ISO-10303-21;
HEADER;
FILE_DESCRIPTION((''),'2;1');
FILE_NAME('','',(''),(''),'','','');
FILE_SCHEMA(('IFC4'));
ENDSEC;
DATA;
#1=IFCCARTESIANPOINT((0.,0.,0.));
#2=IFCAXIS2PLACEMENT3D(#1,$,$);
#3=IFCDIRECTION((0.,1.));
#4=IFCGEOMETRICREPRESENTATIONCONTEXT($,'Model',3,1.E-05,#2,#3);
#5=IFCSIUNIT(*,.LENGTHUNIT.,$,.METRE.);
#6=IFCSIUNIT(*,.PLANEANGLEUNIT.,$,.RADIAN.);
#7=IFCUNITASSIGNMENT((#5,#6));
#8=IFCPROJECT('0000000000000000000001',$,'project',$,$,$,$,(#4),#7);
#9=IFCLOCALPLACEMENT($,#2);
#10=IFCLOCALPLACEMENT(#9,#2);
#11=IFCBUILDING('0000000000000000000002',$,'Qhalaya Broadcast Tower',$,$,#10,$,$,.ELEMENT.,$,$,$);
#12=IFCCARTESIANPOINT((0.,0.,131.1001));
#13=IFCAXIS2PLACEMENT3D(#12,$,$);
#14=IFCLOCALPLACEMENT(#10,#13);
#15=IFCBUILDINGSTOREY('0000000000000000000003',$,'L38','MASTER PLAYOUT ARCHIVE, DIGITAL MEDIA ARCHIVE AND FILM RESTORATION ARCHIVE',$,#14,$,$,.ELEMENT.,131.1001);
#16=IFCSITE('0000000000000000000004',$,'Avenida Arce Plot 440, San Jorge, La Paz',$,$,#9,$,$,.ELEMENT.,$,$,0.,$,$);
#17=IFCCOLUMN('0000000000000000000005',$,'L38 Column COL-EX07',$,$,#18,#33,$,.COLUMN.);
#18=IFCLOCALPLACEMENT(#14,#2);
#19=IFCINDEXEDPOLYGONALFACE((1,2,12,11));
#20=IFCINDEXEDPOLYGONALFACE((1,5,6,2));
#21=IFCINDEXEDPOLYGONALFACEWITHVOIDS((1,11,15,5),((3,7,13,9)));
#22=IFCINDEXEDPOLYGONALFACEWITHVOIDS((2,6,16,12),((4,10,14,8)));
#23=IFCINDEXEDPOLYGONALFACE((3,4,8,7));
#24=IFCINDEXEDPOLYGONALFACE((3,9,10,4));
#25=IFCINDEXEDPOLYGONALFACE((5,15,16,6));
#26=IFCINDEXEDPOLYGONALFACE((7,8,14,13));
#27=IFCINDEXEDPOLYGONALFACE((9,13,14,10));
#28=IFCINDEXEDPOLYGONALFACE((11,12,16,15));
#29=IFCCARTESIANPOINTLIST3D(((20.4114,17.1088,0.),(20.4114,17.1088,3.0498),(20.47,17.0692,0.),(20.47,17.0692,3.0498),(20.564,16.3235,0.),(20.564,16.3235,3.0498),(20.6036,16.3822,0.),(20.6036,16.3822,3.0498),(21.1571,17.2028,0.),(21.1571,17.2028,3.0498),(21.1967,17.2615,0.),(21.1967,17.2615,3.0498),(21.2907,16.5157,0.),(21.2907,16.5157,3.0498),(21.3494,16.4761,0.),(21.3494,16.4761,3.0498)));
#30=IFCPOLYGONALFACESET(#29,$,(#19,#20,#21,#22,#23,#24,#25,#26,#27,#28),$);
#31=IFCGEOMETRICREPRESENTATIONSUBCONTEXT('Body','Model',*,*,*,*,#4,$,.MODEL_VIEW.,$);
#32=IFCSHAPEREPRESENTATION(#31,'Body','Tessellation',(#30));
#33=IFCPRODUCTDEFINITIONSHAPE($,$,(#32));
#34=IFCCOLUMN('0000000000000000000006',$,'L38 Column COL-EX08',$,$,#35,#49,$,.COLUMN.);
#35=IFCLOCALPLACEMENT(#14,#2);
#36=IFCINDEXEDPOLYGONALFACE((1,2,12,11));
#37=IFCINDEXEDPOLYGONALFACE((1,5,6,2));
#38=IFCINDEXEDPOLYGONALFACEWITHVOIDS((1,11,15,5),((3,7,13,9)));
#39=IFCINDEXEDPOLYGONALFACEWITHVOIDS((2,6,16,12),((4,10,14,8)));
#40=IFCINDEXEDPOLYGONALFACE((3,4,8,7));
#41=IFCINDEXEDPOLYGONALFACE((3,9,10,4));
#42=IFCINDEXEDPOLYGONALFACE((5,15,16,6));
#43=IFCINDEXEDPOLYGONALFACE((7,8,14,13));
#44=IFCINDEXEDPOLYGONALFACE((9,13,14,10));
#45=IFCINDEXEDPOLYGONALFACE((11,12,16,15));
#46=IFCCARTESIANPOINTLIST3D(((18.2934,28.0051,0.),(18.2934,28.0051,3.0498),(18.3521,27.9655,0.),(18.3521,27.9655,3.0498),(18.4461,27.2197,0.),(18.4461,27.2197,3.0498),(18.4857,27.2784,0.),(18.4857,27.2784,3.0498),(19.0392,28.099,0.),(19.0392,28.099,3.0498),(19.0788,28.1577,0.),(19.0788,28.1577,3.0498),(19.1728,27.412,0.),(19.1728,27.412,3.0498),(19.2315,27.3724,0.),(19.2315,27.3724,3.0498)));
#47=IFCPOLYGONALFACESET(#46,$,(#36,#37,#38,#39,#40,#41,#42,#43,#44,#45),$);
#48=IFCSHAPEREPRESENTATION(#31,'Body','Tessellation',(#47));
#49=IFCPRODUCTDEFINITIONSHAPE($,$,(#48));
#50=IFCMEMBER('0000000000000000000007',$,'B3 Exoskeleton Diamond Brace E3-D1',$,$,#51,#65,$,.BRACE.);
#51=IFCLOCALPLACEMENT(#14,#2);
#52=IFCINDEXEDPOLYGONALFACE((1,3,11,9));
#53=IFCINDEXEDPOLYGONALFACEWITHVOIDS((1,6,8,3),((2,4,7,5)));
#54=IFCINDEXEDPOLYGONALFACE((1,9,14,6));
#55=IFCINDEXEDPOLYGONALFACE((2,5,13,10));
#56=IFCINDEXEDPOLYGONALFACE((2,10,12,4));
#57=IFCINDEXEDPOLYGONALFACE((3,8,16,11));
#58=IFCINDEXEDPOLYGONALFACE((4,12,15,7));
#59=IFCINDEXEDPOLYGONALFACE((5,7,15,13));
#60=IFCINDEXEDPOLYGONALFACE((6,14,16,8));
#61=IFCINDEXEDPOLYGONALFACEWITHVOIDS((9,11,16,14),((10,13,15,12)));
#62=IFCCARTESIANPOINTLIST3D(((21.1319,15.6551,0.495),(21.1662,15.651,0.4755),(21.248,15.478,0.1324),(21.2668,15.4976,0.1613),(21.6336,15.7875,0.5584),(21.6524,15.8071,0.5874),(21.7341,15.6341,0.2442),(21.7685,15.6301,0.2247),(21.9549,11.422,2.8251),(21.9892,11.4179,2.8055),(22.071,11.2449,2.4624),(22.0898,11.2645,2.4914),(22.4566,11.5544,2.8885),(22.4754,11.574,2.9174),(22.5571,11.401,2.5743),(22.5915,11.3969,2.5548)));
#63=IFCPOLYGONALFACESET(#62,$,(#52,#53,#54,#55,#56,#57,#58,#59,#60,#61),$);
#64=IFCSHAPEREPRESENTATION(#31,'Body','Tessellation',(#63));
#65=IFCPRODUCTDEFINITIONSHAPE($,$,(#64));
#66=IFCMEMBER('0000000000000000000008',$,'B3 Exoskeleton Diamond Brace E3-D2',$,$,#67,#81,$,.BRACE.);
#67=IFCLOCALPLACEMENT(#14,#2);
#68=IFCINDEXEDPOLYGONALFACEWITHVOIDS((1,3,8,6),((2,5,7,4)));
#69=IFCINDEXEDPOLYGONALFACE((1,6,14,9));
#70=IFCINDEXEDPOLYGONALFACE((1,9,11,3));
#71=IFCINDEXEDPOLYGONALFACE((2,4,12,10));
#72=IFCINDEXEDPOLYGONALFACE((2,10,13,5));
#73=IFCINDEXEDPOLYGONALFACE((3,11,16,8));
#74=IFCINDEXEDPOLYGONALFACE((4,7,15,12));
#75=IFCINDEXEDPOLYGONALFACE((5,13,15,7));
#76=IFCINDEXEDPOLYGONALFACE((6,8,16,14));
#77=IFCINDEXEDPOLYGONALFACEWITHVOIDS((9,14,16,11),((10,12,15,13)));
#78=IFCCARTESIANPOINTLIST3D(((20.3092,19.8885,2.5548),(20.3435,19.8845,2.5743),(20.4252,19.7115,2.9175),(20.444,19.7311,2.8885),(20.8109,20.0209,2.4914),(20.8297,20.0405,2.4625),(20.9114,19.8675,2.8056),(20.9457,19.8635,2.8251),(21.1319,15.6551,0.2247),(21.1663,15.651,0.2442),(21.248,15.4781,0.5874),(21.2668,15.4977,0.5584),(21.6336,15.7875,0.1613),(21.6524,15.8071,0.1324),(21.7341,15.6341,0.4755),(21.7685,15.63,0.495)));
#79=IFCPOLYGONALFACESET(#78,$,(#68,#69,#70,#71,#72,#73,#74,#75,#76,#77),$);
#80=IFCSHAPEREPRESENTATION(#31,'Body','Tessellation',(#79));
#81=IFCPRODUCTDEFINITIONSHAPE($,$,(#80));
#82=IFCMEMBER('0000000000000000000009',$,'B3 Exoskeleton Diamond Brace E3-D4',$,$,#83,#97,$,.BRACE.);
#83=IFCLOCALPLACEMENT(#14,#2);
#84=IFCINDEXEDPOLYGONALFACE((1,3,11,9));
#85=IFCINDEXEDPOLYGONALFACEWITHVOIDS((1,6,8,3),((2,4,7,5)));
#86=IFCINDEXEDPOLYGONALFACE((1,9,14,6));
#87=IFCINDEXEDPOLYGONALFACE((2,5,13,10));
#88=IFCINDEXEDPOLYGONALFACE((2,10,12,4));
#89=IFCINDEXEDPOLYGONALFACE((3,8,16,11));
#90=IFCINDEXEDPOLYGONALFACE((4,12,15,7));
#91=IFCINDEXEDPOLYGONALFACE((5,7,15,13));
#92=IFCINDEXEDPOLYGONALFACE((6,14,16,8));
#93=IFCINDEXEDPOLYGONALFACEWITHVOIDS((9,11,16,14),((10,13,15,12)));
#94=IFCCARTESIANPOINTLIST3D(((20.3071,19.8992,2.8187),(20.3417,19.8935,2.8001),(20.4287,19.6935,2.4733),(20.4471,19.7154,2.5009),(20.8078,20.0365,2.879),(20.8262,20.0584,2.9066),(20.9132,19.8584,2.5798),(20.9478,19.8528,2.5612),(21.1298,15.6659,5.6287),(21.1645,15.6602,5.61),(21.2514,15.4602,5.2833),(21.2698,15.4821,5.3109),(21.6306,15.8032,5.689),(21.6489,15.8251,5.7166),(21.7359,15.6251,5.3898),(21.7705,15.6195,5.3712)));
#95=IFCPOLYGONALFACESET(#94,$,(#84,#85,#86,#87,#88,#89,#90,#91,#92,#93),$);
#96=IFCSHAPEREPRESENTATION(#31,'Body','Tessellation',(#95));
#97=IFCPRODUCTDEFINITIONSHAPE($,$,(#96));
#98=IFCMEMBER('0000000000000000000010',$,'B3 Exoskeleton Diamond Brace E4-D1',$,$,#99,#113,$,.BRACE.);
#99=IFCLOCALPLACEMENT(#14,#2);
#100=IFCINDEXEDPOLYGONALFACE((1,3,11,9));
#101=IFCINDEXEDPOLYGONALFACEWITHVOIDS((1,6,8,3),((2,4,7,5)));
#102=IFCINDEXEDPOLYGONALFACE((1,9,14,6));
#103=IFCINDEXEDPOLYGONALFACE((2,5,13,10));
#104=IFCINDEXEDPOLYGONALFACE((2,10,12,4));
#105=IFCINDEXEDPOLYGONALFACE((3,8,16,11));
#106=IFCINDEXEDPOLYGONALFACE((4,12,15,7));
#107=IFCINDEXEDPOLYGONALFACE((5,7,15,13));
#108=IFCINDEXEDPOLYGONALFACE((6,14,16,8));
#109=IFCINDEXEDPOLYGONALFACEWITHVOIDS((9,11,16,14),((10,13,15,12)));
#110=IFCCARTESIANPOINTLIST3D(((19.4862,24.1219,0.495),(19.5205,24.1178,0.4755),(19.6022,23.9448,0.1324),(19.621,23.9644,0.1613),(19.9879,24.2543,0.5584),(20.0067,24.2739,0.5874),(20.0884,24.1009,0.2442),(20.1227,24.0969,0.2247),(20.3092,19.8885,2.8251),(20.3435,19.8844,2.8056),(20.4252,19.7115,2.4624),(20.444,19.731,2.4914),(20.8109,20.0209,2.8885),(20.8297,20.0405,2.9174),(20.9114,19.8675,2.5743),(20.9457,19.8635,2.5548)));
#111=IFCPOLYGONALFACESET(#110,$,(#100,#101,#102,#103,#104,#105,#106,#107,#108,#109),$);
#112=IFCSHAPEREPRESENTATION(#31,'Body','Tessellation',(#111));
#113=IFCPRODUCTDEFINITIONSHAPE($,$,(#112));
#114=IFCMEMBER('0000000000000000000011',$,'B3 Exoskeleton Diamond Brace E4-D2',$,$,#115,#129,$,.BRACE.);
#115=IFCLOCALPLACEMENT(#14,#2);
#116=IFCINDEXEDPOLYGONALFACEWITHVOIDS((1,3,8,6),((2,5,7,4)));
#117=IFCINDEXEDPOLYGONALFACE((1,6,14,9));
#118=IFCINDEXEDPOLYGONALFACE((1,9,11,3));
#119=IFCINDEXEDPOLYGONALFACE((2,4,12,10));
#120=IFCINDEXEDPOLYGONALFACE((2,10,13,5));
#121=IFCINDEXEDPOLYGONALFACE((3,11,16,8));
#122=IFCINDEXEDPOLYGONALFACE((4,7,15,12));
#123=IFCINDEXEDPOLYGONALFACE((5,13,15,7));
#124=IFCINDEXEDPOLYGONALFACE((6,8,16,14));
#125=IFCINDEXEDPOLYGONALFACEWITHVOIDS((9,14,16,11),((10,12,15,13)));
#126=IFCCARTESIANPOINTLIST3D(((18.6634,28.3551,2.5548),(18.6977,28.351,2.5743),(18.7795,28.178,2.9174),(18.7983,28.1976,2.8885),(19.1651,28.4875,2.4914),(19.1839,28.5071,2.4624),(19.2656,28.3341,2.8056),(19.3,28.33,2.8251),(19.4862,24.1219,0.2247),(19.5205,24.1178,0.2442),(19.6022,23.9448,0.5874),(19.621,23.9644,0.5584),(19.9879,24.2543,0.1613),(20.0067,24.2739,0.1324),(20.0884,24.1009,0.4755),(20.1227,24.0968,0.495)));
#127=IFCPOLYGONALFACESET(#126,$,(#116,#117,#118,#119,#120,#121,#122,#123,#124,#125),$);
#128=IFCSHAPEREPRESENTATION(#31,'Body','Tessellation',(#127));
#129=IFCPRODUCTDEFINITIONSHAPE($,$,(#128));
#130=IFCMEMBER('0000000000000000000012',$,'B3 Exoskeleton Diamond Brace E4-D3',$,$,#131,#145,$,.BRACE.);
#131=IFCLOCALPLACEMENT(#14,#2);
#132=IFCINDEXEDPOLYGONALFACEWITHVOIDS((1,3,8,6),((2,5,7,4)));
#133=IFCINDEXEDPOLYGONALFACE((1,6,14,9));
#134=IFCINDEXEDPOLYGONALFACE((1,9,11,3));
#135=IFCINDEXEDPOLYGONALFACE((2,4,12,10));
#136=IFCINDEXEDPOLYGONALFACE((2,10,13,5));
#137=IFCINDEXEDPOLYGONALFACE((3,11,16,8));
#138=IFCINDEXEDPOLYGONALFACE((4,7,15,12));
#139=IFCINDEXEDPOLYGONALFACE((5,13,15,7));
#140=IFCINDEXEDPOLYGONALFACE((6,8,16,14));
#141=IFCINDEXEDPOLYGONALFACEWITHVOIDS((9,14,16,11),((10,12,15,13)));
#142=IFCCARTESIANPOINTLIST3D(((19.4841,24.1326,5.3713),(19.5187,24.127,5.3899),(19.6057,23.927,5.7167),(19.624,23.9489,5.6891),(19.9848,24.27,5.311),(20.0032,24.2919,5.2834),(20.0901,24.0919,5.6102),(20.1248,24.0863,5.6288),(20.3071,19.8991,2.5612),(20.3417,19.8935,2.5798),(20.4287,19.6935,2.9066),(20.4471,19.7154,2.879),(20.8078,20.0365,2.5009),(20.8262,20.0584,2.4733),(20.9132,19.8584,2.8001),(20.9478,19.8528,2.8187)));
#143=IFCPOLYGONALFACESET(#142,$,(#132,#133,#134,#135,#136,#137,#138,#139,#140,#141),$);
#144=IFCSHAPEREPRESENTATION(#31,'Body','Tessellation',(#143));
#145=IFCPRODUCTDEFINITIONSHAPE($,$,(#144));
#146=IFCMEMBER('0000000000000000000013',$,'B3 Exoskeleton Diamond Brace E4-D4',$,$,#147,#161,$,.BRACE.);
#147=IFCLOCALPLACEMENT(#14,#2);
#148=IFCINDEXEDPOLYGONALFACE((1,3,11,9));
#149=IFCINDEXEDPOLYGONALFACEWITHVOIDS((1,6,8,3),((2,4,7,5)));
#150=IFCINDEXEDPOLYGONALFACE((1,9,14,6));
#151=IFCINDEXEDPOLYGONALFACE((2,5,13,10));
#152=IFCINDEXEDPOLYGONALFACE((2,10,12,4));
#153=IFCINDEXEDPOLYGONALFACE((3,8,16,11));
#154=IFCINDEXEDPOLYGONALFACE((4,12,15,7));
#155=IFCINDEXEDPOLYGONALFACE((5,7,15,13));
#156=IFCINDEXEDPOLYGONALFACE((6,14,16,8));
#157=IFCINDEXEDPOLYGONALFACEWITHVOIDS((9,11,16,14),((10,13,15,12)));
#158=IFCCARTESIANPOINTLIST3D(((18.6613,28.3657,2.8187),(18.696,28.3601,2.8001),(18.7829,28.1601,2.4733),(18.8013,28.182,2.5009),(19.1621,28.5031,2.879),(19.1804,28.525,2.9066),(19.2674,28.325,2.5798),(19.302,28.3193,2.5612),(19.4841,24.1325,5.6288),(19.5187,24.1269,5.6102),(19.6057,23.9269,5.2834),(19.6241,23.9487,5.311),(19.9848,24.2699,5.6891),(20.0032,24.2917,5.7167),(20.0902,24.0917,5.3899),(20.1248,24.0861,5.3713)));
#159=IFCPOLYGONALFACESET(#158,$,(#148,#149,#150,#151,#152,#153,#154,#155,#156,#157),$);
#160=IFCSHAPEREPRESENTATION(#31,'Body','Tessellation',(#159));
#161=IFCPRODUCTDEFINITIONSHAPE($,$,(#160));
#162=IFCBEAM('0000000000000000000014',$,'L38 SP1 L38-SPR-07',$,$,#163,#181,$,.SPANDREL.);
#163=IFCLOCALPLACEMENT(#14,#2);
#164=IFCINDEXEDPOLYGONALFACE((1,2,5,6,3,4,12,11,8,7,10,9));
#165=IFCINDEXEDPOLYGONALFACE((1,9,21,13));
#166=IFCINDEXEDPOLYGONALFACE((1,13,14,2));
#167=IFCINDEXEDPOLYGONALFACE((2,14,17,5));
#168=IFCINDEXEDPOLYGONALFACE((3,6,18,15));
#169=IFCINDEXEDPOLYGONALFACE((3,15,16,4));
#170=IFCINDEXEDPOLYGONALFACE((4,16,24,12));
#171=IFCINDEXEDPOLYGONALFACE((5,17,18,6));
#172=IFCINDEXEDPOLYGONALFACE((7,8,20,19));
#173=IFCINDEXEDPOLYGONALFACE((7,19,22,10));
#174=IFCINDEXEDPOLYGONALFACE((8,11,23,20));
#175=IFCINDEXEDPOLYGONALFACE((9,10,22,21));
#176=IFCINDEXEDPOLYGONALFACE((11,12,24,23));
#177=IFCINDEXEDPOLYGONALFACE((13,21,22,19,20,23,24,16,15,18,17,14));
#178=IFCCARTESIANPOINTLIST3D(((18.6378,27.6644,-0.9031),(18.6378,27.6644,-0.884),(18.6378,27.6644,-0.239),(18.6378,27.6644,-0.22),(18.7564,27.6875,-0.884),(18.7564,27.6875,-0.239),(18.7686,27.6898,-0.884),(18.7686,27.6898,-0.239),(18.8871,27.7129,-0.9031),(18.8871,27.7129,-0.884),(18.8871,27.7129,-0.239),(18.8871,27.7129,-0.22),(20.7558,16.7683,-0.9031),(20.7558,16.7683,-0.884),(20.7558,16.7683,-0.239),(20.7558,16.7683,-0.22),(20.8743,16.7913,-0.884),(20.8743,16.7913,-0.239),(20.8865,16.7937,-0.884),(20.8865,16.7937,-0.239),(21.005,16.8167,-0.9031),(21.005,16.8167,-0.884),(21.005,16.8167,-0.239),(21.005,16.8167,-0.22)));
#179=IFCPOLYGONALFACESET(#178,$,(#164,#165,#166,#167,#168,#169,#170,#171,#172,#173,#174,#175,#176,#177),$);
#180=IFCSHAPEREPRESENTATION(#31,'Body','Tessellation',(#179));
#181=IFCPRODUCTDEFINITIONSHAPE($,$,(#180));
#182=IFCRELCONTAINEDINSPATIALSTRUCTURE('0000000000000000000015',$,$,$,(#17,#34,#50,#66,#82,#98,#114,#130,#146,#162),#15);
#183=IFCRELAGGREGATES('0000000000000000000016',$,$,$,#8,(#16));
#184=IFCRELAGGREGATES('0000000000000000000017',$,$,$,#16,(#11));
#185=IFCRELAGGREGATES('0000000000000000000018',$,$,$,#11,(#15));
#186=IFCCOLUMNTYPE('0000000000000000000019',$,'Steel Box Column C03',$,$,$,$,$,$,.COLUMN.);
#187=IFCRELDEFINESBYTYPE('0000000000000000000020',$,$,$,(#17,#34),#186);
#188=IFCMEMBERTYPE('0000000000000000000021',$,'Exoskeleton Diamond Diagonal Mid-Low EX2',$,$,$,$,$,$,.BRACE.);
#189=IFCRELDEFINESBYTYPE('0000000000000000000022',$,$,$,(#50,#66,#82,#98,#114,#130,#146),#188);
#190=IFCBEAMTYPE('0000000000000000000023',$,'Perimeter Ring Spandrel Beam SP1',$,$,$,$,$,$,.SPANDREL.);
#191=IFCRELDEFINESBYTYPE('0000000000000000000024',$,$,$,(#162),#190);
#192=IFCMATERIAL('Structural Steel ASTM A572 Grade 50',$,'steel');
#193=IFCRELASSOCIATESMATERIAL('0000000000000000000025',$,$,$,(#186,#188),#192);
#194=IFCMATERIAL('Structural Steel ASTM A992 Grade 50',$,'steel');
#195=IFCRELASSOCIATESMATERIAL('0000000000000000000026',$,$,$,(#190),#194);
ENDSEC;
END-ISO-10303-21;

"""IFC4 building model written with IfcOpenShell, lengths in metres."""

from ifc_helpers import new_model, si_unit, direction, frame, origin, origin_2d, place, context, subcontext, project, spatial, hollow_rectangle, i_section, extrude, material, material_profile, profile_set, type_object, element, save


model = new_model("IFC4")

# Units and contexts
model_context = context("Model", 3, precision=1e-05, world=origin(), true_north=direction((0.0, 1.0)))
body_context = subcontext(model_context, "Body", "Model", "MODEL_VIEW")
ifc_project = project(units=[si_unit("LENGTHUNIT", "METRE"), si_unit("PLANEANGLEUNIT", "RADIAN")], contexts=[model_context])

# Site, building, storey
site_placement = place(None, origin())
site = spatial("IfcSite", under=ifc_project, at=site_placement, Name="Avenida Arce Plot 440, San Jorge, La Paz", CompositionType="ELEMENT", RefElevation=0.0)
building_placement = place(site_placement, origin())
building = spatial("IfcBuilding", under=site, at=building_placement, Name="Qhalaya Broadcast Tower", CompositionType="ELEMENT")
storey_placement = place(building_placement, frame((0.0, 0.0, 131.1001)))
storey = spatial("IfcBuildingStorey", under=building, at=storey_placement, Name="L38", Description="MASTER PLAYOUT ARCHIVE, DIGITAL MEDIA ARCHIVE AND FILM RESTORATION ARCHIVE", CompositionType="ELEMENT", Elevation=131.1001)

# Columns
ifc_material_1 = material(Name="Structural Steel ASTM A572 Grade 50", Category="steel")
ifc_material_profile_1 = material_profile(ifc_material_1, hollow_rectangle(XDim=0.8, YDim=0.8, WallThickness=0.05, at=origin_2d()), Name="BOX 800x800x50")
ifc_profile_set_1 = profile_set([ifc_material_profile_1], Name="Structural Steel ASTM A572 Grade 50")
column_type = type_object("IfcColumnType", Name="Steel Box Column C03", PredefinedType="COLUMN", material=ifc_profile_set_1)
for number, where, z_axis, x_axis, name in (
    (1, (20.8804, 16.7925, 0.0), (0.0, 0.0, 1.0), (-0.190809, 0.981627, 0.0), "L38 Column COL-EX07"),
    (2, (18.7625, 27.6887, 0.0), (0.0, 0.0, 1.0), (-0.190809, 0.981627, 0.0), "L38 Column COL-EX08"),
):
    element("IfcColumn", number, at=place(storey_placement, frame(where, z_axis=z_axis, x_axis=x_axis)), inside=storey, type_object=column_type, Name=name, PredefinedType="COLUMN", context=body_context, shape_type="SweptSolid", body=[
        extrude(hollow_rectangle(XDim=0.8, YDim=0.8, WallThickness=0.05, at=origin_2d()), origin(), (0.0, 0.0, 1.0), 3.0498),
    ])

# Members
ifc_material_profile_2 = material_profile(ifc_material_1, hollow_rectangle(XDim=0.4199, YDim=0.55, WallThickness=0.0281, at=origin_2d()), Name="BOX 420x550x28")
ifc_profile_set_2 = profile_set([ifc_material_profile_2], Name="Structural Steel ASTM A572 Grade 50")
member_type = type_object("IfcMemberType", Name="Exoskeleton Diamond Diagonal Mid-Low EX2", PredefinedType="BRACE", material=ifc_profile_set_2)
member_1_placement = place(storey_placement, frame((21.4502, 15.6426, 0.3599), z_axis=(0.167902, -0.863618, 0.475366), x_axis=(-0.276356, 0.421641, 0.863624)))
element("IfcMember", 3, at=member_1_placement, inside=storey, type_object=member_type, Name="B3 Exoskeleton Diamond Brace E3-D1", PredefinedType="BRACE", context=body_context, shape_type="SweptSolid", body=[
    extrude(hollow_rectangle(XDim=0.4199, YDim=0.55, WallThickness=0.0281, at=origin_2d()), origin(), (0.0, 0.0, 1.0), 4.9016),
])
member_2_placement = place(storey_placement, frame((21.4502, 15.6426, 0.3599), z_axis=(-0.167847, 0.863638, 0.475349), x_axis=(0.276325, -0.421643, 0.863633)))
element("IfcMember", 4, at=member_2_placement, inside=storey, type_object=member_type, Name="B3 Exoskeleton Diamond Brace E3-D2", PredefinedType="BRACE", context=body_context, shape_type="SweptSolid", body=[
    extrude(hollow_rectangle(XDim=0.4199, YDim=0.55, WallThickness=0.0281, at=origin_2d()), origin(), (0.0, 0.0, 1.0), 4.9019),
])
member_3_placement = place(storey_placement, frame((20.6274, 19.876, 2.6899), z_axis=(0.159841, -0.822445, 0.545925), x_axis=(-0.289542, 0.48965, 0.82244)))
element("IfcMember", 5, at=member_3_placement, inside=storey, type_object=member_type, Name="B3 Exoskeleton Diamond Brace E3-D4", PredefinedType="BRACE", context=body_context, shape_type="SweptSolid", body=[
    extrude(hollow_rectangle(XDim=0.4199, YDim=0.55, WallThickness=0.0281, at=origin_2d()), origin(), (0.0, 0.0, 1.0), 5.1472),
])
member_4_placement = place(storey_placement, frame((19.8044, 24.1094, 0.3599), z_axis=(0.167895, -0.863631, 0.475346), x_axis=(-0.276348, 0.421624, 0.863635)))
element("IfcMember", 6, at=member_4_placement, inside=storey, type_object=member_type, Name="B3 Exoskeleton Diamond Brace E4-D1", PredefinedType="BRACE", context=body_context, shape_type="SweptSolid", body=[
    extrude(hollow_rectangle(XDim=0.4199, YDim=0.55, WallThickness=0.0281, at=origin_2d()), origin(), (0.0, 0.0, 1.0), 4.9019),
])
member_5_placement = place(storey_placement, frame((19.8044, 24.1094, 0.3599), z_axis=(-0.167854, 0.863625, 0.47537), x_axis=(0.276333, -0.42166, 0.863622)))
element("IfcMember", 7, at=member_5_placement, inside=storey, type_object=member_type, Name="B3 Exoskeleton Diamond Brace E4-D2", PredefinedType="BRACE", context=body_context, shape_type="SweptSolid", body=[
    extrude(hollow_rectangle(XDim=0.4199, YDim=0.55, WallThickness=0.0281, at=origin_2d()), origin(), (0.0, 0.0, 1.0), 4.9016),
])
member_6_placement = place(storey_placement, frame((20.6274, 19.876, 2.6899), z_axis=(-0.159887, 0.822439, 0.545921), x_axis=(0.289568, -0.48963, 0.822443)))
element("IfcMember", 8, at=member_6_placement, inside=storey, type_object=member_type, Name="B3 Exoskeleton Diamond Brace E4-D3", PredefinedType="BRACE", context=body_context, shape_type="SweptSolid", body=[
    extrude(hollow_rectangle(XDim=0.4199, YDim=0.55, WallThickness=0.0281, at=origin_2d()), origin(), (0.0, 0.0, 1.0), 5.1475),
])
member_7_placement = place(storey_placement, frame((18.9817, 28.3425, 2.6899), z_axis=(0.159847, -0.82243, 0.545947), x_axis=(-0.289551, 0.489668, 0.822427)))
element("IfcMember", 9, at=member_7_placement, inside=storey, type_object=member_type, Name="B3 Exoskeleton Diamond Brace E4-D4", PredefinedType="BRACE", context=body_context, shape_type="SweptSolid", body=[
    extrude(hollow_rectangle(XDim=0.4199, YDim=0.55, WallThickness=0.0281, at=origin_2d()), origin(), (0.0, 0.0, 1.0), 5.1472),
])

# Beam
ifc_material_2 = material(Name="Structural Steel ASTM A992 Grade 50", Category="steel")
ifc_material_profile_3 = material_profile(ifc_material_2, i_section(OverallWidth=0.2539, OverallDepth=0.6831, WebThickness=0.0125, FlangeThickness=0.019, at=origin_2d()), Name="W27X94")
ifc_profile_set_3 = profile_set([ifc_material_profile_3], Name="Structural Steel ASTM A992 Grade 50")
beam_type = type_object("IfcBeamType", Name="Perimeter Ring Spandrel Beam SP1", PredefinedType="SPANDREL", material=ifc_profile_set_3)
beam_1_placement = place(storey_placement, frame((20.8804, 16.7925, -0.5615), z_axis=(-0.190801, 0.981629, 0.0), x_axis=(-0.981629, -0.190801, 0.0)))
element("IfcBeam", 10, at=beam_1_placement, inside=storey, type_object=beam_type, Name="L38 SP1 L38-SPR-07", PredefinedType="SPANDREL", context=body_context, shape_type="SweptSolid", body=[
    extrude(i_section(OverallWidth=0.2539, OverallDepth=0.6831, WebThickness=0.0125, FlangeThickness=0.019, at=origin_2d()), origin(), (0.0, 0.0, 1.0), 11.1001),
])

save(model, "model.ifc")
